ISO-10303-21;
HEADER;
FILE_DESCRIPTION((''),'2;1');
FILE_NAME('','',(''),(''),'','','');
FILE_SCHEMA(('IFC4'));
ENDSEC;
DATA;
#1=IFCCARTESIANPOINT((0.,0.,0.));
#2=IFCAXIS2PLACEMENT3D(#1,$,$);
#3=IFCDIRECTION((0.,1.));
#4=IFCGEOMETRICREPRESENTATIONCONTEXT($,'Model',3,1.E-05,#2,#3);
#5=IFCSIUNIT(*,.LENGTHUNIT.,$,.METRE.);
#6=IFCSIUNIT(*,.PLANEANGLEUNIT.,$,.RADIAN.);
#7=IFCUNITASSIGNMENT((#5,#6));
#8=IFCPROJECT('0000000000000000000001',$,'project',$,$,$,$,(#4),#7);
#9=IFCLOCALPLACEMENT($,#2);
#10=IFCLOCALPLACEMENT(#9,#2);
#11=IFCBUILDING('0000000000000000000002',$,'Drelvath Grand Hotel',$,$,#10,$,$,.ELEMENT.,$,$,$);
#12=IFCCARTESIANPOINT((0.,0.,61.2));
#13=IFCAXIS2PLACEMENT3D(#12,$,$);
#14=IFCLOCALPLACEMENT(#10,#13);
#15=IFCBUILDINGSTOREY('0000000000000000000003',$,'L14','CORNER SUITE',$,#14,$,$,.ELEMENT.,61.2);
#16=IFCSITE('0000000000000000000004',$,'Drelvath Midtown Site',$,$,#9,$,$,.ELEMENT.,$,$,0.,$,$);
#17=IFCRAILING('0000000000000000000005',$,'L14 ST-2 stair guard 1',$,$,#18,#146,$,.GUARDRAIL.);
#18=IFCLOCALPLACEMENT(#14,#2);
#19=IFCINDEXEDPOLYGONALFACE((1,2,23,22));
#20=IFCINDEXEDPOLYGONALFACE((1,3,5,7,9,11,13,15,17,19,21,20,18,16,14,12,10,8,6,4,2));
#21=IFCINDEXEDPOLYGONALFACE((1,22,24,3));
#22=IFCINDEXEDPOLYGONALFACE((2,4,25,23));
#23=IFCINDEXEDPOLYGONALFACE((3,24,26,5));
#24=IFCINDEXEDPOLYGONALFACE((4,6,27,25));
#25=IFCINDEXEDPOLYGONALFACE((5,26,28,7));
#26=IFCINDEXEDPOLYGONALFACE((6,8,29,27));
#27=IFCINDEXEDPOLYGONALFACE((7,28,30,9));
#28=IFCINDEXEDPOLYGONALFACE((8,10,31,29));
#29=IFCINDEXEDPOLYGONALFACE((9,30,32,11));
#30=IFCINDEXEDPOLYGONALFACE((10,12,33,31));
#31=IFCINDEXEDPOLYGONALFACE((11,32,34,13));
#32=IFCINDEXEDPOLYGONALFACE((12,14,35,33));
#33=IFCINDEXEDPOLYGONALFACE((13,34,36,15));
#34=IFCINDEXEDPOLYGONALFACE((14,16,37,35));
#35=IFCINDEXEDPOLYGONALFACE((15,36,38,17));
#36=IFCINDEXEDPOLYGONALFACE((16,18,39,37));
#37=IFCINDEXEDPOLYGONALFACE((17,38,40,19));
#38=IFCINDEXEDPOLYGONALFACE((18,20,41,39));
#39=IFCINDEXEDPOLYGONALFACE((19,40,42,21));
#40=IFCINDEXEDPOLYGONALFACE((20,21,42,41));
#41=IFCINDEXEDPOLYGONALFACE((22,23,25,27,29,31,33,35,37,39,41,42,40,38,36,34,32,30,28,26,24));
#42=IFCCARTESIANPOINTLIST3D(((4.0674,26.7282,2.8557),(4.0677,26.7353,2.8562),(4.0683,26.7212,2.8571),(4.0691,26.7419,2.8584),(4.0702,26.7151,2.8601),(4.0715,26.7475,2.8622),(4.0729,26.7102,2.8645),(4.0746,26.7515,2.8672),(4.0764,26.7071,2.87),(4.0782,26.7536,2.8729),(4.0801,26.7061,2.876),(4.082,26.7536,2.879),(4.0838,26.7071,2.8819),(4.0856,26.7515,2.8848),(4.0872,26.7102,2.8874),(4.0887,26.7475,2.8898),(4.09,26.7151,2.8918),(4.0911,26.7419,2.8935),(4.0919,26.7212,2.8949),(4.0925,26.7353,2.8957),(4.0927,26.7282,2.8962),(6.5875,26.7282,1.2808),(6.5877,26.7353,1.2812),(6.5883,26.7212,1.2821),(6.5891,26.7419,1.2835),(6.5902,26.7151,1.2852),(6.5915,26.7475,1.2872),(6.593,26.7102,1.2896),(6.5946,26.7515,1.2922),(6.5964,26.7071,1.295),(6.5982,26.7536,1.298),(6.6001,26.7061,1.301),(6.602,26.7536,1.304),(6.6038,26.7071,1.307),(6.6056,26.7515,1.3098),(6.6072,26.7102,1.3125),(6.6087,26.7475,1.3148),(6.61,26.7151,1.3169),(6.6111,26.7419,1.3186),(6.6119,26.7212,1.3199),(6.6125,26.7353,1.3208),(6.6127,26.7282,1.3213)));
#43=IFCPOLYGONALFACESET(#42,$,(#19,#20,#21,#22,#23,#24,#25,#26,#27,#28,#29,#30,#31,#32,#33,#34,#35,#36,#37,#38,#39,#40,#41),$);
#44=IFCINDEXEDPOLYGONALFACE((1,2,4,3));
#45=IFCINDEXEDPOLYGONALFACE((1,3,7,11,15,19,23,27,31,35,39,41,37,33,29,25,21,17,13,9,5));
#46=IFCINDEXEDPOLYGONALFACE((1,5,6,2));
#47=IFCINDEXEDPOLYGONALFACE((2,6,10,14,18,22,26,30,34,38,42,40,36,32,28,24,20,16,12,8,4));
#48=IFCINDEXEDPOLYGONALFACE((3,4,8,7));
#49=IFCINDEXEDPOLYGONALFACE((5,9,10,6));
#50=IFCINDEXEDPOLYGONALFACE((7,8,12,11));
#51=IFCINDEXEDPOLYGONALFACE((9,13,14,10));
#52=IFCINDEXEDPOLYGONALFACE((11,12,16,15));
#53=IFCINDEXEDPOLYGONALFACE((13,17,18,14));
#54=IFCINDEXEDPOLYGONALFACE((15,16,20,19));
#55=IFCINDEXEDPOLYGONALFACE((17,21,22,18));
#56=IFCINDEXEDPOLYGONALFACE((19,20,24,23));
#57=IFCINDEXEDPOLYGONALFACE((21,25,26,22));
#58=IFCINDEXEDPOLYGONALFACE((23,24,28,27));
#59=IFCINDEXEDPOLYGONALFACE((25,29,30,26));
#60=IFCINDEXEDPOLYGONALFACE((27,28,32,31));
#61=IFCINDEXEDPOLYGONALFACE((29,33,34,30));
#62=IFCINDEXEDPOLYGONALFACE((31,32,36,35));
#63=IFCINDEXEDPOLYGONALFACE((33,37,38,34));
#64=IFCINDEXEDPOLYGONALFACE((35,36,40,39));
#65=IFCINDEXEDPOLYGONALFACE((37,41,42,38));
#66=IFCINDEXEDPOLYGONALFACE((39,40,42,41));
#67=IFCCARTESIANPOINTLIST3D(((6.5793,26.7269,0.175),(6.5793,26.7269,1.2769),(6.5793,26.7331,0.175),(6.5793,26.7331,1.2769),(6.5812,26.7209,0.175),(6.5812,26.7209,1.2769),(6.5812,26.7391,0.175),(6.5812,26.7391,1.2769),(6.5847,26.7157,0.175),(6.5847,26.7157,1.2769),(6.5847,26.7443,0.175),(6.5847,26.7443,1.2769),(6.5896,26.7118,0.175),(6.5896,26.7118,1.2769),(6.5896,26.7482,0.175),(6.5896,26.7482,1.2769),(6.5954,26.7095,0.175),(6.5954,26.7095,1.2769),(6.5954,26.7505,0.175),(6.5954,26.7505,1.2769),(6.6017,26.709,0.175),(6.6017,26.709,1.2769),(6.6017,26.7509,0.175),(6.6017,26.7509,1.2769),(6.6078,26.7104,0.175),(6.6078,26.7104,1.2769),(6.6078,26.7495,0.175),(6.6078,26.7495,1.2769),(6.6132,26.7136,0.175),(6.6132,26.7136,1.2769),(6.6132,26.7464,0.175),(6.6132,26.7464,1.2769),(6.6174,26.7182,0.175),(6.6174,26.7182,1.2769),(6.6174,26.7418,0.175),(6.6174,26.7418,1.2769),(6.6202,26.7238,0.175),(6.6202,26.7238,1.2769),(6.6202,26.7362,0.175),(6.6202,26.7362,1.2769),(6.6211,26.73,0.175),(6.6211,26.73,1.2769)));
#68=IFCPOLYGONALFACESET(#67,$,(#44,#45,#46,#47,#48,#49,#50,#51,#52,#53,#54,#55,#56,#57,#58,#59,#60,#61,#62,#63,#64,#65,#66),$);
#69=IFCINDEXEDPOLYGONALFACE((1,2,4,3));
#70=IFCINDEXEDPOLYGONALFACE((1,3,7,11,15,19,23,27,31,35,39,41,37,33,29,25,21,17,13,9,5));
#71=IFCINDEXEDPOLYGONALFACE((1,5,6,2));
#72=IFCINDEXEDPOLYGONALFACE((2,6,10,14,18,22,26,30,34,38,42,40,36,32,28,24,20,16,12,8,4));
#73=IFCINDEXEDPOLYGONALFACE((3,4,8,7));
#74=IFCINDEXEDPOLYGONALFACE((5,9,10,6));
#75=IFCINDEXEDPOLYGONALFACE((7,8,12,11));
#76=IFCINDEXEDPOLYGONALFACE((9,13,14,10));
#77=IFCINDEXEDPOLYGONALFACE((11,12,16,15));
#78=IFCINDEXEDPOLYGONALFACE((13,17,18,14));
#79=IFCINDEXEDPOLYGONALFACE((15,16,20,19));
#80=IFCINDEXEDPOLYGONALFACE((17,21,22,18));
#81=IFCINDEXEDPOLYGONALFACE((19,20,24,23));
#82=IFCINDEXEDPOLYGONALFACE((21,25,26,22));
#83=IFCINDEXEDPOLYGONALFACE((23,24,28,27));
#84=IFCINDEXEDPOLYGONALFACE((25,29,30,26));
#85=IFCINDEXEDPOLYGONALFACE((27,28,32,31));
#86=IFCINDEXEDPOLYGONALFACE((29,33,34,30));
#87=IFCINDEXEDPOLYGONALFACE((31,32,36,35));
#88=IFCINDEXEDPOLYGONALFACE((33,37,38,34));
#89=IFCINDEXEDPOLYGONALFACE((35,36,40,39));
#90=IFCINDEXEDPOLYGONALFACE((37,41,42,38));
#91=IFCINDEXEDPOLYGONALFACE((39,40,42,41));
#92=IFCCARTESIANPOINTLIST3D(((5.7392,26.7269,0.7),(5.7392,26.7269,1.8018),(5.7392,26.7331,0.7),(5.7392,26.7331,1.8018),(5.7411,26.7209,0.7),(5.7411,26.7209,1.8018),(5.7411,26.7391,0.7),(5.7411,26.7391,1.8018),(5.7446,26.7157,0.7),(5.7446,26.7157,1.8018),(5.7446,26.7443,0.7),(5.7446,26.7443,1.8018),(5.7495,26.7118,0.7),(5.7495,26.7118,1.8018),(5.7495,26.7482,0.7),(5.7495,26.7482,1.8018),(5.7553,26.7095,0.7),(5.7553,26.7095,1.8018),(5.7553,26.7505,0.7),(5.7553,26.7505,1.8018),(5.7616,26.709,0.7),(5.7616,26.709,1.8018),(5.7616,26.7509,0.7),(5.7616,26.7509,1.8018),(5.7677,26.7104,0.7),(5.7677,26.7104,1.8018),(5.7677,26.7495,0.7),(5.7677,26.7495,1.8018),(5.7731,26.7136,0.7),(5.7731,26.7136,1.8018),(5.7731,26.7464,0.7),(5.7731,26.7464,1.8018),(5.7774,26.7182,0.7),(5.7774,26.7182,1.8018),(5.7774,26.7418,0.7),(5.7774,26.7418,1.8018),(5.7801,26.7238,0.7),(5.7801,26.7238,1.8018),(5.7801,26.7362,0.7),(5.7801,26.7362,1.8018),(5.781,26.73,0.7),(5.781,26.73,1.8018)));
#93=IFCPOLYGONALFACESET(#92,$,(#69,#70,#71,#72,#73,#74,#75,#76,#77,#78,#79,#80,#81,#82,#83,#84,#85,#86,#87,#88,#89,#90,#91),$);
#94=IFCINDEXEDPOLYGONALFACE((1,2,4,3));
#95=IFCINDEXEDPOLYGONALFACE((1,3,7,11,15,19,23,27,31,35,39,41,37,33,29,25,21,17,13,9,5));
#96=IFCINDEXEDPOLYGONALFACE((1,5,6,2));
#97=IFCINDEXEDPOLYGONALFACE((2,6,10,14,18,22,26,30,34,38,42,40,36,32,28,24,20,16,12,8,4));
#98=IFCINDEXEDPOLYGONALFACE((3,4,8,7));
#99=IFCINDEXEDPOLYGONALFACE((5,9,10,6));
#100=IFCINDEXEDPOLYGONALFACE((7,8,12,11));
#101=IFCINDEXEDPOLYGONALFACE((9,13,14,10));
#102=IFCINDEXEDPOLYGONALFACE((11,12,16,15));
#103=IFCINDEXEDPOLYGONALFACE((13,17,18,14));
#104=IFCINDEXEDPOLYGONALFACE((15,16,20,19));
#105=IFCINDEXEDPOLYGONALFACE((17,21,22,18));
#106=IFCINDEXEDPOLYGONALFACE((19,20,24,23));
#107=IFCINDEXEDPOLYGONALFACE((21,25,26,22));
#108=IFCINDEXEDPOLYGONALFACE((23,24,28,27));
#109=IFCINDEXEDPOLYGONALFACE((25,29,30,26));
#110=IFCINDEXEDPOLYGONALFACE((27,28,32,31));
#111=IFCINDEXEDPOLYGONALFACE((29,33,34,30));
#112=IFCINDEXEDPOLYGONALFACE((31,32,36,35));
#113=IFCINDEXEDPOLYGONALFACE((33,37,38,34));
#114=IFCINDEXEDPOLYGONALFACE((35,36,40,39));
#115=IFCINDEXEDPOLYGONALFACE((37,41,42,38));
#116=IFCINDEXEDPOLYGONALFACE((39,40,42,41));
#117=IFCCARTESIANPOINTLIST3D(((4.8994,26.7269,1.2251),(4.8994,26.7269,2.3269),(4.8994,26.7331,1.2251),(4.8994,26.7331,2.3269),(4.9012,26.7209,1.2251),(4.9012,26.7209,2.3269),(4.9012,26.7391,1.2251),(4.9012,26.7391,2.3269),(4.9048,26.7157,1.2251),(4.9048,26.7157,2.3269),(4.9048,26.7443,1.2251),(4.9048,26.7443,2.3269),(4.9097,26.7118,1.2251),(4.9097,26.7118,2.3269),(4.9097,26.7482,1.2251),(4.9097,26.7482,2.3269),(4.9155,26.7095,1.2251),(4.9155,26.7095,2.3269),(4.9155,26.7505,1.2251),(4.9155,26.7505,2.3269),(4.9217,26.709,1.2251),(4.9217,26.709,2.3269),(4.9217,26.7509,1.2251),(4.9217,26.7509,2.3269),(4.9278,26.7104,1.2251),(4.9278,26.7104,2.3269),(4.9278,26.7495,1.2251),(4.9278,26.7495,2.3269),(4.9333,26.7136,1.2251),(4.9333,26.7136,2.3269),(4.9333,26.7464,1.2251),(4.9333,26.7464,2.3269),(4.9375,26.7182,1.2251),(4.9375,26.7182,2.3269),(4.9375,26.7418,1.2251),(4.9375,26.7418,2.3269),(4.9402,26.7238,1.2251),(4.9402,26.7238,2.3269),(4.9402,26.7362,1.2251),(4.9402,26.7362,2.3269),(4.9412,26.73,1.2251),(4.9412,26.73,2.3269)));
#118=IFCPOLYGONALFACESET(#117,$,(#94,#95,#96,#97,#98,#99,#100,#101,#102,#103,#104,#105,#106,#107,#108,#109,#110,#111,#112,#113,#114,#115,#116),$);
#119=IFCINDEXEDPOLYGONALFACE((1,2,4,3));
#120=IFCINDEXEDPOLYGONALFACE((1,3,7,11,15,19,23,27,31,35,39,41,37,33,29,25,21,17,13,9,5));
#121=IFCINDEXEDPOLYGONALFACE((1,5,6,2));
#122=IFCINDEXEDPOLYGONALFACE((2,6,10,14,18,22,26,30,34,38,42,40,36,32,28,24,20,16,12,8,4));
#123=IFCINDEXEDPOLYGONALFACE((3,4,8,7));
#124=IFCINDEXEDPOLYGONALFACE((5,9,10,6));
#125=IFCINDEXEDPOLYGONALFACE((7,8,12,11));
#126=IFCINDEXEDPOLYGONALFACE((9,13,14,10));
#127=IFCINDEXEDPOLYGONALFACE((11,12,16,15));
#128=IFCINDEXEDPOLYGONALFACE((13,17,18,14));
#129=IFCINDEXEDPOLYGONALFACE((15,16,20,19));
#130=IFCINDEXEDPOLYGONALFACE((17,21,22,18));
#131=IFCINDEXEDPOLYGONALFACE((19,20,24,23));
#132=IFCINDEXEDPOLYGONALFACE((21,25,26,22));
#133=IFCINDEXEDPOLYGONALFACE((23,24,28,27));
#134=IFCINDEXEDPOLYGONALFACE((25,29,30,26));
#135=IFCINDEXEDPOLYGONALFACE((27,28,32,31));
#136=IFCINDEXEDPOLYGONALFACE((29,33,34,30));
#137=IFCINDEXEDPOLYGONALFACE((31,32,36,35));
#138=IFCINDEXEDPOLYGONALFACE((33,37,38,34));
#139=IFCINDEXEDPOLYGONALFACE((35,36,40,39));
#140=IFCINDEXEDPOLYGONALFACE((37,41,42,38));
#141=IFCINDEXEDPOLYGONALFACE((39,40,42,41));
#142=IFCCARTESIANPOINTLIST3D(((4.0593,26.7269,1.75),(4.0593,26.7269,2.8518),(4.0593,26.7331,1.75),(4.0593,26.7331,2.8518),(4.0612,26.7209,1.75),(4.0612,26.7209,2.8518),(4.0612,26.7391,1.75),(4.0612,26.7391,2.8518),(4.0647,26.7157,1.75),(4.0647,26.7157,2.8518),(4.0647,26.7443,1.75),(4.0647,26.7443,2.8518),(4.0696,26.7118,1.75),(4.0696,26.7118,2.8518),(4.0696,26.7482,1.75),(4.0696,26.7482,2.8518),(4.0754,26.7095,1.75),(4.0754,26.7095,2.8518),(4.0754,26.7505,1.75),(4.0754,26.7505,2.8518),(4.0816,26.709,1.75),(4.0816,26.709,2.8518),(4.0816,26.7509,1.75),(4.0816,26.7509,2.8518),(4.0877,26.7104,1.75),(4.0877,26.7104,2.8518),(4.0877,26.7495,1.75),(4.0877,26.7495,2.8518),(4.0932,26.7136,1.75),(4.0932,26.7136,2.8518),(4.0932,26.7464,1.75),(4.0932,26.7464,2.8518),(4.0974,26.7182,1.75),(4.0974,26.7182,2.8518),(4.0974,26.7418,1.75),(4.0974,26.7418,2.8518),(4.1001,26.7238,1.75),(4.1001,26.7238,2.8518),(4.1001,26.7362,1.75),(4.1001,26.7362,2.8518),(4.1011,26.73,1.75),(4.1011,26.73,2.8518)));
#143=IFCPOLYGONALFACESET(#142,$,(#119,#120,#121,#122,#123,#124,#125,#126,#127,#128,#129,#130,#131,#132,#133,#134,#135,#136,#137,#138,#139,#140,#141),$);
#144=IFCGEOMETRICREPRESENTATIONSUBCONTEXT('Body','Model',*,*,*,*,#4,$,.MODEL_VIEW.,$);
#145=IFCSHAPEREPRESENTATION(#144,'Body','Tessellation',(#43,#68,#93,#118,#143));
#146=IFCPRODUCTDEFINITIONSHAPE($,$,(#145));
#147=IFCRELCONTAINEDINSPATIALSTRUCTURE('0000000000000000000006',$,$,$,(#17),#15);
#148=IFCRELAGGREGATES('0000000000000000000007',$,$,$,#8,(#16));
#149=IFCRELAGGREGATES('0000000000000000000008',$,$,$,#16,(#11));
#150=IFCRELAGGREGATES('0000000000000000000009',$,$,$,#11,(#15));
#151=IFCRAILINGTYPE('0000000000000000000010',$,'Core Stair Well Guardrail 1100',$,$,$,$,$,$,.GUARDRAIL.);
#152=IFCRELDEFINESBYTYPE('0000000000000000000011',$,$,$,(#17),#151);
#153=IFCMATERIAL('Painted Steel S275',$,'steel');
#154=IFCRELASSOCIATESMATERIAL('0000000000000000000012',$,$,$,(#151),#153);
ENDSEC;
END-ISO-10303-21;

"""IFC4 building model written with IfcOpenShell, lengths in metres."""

from ifc_helpers import new_model, si_unit, direction, frame, origin, origin_2d, place, context, subcontext, project, spatial, circle, extrude, material, type_object, element, save


model = new_model("IFC4")

# Units and contexts
model_context = context("Model", 3, precision=1e-05, world=origin(), true_north=direction((0.0, 1.0)))
body_context = subcontext(model_context, "Body", "Model", "MODEL_VIEW")
ifc_project = project(units=[si_unit("LENGTHUNIT", "METRE"), si_unit("PLANEANGLEUNIT", "RADIAN")], contexts=[model_context])

# Site, building, storey
site_placement = place(None, origin())
site = spatial("IfcSite", under=ifc_project, at=site_placement, Name="Drelvath Midtown Site", CompositionType="ELEMENT", RefElevation=0.0)
building_placement = place(site_placement, origin())
building = spatial("IfcBuilding", under=site, at=building_placement, Name="Drelvath Grand Hotel", CompositionType="ELEMENT")
storey_placement = place(building_placement, frame((0.0, 0.0, 61.2)))
storey = spatial("IfcBuildingStorey", under=building, at=storey_placement, Name="L14", Description="CORNER SUITE", CompositionType="ELEMENT", Elevation=61.2)

# Shared definitions
ifc_material_1 = material(Name="Painted Steel S275", Category="steel")

# Railing
railing_type_1 = type_object("IfcRailingType", Name="Core Stair Well Guardrail 1100", PredefinedType="GUARDRAIL", material=ifc_material_1)
railing_1_placement = place(storey_placement, frame((6.6001, 26.73, 0.175)))
element("IfcRailing", 1, at=railing_1_placement, inside=storey, type_object=railing_type_1, Name="L14 ST-2 stair guard 1", PredefinedType="GUARDRAIL", context=body_context, shape_type="SweptSolid", body=[
    extrude(circle(Radius=0.0239, at=origin_2d()), frame((0.0, 0.0, 1.126), z_axis=(-0.848008, 0.0, 0.529984), x_axis=(0.0, -1.0, 0.0)), (0.0, 0.0, 1.0), 2.9717),
    extrude(circle(Radius=0.021, at=origin_2d()), origin(), (0.0, 0.0, 1.0), 1.1018),
    extrude(circle(Radius=0.021, at=origin_2d()), frame((-0.8401, 0.0, 0.5249)), (0.0, 0.0, 1.0), 1.1018),
    extrude(circle(Radius=0.021, at=origin_2d()), frame((-1.6799, 0.0, 1.05)), (0.0, 0.0, 1.0), 1.1018),
    extrude(circle(Radius=0.021, at=origin_2d()), frame((-2.52, 0.0, 1.575)), (0.0, 0.0, 1.0), 1.1018),
])

save(model, "model.ifc")
